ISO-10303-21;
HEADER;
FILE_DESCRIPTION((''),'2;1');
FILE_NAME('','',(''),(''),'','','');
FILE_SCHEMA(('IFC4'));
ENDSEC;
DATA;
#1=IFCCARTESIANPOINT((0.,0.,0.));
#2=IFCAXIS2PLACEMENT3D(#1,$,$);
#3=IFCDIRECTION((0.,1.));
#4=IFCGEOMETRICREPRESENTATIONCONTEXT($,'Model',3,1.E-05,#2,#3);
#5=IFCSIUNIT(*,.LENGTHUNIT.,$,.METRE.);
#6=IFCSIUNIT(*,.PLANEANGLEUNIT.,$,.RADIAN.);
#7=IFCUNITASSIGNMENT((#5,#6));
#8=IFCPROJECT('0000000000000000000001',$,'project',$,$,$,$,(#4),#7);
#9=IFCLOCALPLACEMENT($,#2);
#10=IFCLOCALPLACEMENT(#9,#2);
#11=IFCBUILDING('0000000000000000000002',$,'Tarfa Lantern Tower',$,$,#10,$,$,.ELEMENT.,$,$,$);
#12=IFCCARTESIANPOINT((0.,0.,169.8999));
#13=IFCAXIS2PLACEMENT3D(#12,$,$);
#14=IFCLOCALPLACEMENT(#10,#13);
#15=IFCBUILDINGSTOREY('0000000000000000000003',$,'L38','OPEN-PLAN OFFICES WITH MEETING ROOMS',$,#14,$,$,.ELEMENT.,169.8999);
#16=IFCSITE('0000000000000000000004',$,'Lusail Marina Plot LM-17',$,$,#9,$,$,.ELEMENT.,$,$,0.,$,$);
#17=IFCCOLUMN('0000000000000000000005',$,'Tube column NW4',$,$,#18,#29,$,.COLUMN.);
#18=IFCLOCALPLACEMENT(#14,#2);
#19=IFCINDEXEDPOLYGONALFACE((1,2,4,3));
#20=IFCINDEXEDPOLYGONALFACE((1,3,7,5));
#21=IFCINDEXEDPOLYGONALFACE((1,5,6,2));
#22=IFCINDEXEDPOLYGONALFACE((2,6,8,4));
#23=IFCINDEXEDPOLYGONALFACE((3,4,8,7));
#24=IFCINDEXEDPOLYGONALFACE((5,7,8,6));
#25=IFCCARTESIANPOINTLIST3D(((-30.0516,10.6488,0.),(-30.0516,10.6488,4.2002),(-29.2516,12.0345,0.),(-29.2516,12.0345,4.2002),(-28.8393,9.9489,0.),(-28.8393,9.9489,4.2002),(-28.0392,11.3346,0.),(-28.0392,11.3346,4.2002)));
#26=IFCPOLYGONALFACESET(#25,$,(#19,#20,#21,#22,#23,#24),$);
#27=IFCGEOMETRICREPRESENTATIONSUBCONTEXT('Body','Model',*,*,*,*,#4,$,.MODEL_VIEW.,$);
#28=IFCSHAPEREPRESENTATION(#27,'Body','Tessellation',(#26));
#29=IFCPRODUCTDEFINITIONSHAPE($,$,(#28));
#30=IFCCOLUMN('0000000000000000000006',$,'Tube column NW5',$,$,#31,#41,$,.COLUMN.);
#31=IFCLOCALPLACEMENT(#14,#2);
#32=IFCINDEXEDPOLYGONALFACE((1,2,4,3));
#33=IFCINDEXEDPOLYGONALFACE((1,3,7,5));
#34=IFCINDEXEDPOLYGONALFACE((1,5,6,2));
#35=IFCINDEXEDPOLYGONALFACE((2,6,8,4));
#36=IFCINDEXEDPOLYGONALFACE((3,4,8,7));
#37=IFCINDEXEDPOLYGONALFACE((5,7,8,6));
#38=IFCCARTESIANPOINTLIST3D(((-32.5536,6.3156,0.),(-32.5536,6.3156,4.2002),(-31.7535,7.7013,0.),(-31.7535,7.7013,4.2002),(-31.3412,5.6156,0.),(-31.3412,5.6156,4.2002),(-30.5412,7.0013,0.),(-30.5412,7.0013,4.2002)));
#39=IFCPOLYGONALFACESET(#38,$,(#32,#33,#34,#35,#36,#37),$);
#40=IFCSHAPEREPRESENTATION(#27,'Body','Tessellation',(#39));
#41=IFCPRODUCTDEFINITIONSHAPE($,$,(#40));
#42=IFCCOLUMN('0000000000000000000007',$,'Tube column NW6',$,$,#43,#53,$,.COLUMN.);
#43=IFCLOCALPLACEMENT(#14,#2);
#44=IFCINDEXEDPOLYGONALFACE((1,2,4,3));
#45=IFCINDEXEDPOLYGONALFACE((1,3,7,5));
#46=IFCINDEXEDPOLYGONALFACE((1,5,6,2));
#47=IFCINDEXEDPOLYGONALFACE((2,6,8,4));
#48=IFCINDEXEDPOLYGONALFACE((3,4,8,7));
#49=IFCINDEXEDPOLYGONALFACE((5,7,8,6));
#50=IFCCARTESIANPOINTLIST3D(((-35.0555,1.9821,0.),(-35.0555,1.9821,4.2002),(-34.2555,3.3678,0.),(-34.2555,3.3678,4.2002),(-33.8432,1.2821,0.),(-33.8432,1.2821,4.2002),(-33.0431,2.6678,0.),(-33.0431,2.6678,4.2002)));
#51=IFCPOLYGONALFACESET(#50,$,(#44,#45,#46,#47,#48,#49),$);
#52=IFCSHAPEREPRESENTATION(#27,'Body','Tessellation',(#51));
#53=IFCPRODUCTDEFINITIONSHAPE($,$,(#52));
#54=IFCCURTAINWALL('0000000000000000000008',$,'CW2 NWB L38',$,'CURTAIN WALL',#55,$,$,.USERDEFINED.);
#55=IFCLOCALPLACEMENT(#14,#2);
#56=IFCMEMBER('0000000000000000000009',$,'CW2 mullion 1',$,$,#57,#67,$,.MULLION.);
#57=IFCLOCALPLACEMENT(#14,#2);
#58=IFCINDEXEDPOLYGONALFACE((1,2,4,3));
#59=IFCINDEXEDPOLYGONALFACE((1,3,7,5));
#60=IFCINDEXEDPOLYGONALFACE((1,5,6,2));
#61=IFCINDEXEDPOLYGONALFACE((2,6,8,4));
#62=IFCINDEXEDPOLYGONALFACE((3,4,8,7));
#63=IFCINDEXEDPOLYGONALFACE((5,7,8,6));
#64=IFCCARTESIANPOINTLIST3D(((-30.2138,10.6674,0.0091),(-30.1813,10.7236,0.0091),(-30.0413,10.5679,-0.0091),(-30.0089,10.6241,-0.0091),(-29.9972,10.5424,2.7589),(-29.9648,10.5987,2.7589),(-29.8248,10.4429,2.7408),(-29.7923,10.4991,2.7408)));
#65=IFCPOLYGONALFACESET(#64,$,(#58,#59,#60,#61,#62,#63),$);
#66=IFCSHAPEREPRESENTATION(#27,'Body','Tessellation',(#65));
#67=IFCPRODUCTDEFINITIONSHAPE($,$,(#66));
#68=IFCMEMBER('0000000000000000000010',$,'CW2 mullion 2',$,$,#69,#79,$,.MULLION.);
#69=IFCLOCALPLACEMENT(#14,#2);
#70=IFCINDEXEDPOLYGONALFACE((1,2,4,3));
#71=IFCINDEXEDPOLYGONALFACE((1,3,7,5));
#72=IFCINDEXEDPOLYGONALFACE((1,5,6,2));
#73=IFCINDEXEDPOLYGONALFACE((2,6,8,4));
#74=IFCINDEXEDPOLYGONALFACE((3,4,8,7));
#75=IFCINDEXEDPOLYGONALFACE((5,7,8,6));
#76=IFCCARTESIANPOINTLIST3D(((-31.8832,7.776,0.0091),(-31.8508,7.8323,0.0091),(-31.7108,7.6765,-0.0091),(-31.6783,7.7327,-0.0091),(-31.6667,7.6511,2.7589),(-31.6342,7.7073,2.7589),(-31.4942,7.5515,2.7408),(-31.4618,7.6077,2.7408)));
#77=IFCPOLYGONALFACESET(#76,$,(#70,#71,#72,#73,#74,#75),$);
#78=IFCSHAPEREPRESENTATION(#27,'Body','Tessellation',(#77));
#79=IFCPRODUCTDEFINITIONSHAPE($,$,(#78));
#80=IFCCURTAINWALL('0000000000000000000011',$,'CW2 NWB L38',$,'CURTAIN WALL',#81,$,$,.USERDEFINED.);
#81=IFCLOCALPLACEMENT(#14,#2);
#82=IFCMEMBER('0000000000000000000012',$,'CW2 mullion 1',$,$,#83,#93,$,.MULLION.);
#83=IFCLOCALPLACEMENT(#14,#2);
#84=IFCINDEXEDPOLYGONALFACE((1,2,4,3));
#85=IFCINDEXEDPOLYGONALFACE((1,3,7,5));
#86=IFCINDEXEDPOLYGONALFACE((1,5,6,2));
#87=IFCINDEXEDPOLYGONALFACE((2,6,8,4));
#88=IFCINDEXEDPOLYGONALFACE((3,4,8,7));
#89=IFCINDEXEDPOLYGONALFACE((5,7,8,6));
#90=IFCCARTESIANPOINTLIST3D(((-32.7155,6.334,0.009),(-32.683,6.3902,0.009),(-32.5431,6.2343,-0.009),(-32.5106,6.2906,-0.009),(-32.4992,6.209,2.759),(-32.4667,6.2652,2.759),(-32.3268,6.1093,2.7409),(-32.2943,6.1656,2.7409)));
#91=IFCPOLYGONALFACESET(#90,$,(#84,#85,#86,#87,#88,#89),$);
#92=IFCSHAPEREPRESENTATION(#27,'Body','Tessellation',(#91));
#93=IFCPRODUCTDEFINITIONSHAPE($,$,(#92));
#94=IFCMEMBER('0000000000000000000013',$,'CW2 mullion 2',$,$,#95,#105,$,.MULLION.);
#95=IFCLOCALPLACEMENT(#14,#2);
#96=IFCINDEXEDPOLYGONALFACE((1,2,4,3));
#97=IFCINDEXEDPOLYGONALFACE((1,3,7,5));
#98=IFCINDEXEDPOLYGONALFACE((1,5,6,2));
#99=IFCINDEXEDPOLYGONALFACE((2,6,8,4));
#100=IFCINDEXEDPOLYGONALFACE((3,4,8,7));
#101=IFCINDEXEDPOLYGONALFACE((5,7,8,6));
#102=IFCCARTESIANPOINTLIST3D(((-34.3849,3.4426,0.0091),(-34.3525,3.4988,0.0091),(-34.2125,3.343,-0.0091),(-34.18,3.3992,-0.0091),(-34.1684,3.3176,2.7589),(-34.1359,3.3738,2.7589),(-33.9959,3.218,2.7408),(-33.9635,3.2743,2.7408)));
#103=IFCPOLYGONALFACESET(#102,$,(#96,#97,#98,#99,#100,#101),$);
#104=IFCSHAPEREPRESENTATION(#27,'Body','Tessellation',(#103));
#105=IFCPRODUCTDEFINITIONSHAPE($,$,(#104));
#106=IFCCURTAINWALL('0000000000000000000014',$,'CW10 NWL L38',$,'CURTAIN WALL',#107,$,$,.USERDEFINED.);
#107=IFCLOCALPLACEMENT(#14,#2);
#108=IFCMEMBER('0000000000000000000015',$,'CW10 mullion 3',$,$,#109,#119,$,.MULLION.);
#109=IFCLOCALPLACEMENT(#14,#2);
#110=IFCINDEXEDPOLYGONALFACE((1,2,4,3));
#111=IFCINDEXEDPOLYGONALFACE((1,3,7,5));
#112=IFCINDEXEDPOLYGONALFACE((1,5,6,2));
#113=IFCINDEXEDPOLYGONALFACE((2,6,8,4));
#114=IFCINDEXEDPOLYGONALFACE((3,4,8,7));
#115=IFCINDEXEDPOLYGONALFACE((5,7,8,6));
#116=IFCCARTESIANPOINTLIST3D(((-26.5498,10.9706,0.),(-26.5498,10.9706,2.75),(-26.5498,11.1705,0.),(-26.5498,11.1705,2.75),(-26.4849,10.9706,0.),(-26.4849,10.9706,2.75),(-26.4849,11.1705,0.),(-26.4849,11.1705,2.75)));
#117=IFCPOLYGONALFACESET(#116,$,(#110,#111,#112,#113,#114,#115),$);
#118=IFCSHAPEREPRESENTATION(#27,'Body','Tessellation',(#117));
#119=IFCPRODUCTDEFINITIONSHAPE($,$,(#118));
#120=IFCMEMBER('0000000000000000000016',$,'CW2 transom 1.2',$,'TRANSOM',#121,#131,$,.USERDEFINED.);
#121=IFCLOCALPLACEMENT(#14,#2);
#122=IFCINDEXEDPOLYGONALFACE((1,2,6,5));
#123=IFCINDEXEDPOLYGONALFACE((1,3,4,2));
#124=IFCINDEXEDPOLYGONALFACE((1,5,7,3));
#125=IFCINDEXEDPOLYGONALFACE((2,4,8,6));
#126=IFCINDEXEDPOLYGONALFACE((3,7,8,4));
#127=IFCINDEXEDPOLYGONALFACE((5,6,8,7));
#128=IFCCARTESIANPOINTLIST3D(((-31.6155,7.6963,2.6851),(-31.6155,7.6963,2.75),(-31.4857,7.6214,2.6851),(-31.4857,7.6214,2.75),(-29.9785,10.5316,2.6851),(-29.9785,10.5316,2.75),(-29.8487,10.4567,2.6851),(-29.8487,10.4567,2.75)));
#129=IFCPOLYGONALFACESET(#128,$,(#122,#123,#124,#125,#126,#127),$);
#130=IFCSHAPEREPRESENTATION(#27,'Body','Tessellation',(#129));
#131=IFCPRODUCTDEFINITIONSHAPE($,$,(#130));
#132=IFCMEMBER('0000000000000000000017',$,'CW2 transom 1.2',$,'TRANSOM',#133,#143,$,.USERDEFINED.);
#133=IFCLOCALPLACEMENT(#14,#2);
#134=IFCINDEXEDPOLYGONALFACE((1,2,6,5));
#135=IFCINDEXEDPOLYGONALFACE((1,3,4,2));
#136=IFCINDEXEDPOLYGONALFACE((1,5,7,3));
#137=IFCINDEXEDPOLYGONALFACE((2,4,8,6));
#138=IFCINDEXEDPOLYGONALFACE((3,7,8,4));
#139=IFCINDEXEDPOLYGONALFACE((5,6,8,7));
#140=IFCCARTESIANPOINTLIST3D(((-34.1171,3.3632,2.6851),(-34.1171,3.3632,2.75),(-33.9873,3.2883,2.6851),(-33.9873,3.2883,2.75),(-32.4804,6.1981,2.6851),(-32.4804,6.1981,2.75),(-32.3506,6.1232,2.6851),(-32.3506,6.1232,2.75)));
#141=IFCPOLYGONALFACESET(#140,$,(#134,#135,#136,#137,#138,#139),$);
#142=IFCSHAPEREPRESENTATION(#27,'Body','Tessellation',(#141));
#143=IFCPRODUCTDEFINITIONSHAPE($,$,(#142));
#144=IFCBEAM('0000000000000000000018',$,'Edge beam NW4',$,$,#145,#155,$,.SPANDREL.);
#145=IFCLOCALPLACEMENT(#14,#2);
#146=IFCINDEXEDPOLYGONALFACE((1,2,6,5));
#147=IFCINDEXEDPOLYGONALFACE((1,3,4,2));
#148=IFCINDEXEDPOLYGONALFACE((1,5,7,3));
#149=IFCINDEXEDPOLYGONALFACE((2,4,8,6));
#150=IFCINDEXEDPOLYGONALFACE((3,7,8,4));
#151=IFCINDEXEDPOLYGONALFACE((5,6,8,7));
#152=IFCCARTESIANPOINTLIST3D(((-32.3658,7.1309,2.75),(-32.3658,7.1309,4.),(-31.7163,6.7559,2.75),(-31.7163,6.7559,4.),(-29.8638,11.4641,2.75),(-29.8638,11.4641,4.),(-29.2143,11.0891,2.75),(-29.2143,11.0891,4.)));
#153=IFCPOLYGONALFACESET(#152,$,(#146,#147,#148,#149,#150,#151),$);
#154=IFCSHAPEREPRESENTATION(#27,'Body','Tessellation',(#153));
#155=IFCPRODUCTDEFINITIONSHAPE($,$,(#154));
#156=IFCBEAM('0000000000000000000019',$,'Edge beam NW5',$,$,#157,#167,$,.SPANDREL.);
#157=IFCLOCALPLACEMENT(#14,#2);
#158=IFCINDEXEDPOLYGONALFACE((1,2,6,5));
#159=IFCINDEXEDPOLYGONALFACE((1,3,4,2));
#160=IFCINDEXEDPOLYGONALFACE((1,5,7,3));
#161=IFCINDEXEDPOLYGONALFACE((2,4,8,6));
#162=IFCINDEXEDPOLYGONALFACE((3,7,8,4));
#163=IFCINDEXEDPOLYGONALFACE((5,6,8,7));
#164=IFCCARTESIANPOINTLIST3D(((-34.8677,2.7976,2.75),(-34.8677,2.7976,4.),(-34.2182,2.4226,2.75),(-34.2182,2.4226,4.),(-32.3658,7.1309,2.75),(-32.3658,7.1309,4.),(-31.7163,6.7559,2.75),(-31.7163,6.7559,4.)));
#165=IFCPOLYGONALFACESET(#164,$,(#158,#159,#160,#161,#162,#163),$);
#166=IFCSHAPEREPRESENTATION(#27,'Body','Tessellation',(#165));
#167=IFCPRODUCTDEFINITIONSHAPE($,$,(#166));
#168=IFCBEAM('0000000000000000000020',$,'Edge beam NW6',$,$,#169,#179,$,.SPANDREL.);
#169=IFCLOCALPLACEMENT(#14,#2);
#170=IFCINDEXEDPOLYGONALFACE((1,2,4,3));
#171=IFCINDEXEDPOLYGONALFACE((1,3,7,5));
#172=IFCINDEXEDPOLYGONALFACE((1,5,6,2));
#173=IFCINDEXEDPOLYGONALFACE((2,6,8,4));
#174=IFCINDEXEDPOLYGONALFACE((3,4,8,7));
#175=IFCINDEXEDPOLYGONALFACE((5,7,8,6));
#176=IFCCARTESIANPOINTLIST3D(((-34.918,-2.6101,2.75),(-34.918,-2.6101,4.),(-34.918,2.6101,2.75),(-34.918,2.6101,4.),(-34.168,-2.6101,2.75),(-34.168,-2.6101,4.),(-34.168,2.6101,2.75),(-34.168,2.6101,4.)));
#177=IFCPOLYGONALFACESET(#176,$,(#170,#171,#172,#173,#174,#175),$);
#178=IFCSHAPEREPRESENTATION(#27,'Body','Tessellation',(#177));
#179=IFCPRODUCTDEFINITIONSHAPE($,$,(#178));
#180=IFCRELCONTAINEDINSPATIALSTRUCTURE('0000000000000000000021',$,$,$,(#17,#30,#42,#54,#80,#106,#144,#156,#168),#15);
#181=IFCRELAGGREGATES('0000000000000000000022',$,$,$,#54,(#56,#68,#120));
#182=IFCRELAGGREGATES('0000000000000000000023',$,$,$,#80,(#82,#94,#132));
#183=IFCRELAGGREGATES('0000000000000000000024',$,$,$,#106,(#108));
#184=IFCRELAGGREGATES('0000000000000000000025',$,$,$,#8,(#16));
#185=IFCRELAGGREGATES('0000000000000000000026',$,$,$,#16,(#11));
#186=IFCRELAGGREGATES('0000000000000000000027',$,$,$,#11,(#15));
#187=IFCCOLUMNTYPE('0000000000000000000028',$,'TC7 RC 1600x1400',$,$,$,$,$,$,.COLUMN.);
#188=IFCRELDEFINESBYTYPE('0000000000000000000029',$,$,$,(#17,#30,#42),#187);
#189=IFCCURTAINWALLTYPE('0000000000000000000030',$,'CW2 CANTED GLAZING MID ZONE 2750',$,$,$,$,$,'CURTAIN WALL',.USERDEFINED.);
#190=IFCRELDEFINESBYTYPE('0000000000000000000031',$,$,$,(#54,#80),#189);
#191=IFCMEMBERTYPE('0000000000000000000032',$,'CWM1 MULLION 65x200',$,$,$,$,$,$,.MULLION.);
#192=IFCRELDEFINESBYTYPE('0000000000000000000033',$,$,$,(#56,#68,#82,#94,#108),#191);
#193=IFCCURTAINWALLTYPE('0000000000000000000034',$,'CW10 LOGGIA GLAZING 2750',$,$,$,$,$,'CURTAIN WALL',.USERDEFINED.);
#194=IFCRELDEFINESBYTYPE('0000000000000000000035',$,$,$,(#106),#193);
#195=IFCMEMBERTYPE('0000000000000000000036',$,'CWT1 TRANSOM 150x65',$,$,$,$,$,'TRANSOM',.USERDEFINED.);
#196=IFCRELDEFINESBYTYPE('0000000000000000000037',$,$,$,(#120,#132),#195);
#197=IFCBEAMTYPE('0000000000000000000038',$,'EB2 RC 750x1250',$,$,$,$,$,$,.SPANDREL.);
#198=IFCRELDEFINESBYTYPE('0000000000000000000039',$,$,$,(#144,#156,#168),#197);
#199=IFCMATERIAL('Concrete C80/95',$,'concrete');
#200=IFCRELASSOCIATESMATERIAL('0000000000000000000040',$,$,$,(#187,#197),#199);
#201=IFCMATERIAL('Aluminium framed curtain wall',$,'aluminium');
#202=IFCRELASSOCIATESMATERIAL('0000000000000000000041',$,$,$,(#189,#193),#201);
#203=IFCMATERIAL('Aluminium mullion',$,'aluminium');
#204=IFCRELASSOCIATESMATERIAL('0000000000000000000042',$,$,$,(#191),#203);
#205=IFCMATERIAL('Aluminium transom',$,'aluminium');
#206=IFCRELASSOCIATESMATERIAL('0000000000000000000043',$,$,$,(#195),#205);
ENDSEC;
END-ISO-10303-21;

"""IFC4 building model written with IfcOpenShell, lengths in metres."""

from ifc_helpers import new_model, si_unit, direction, frame, origin, origin_2d, place, context, subcontext, project, spatial, rectangle, extrude, material, material_profile, profile_set, type_object, element, aggregate, save


model = new_model("IFC4")

# Units and contexts
model_context = context("Model", 3, precision=1e-05, world=origin(), true_north=direction((0.0, 1.0)))
body_context = subcontext(model_context, "Body", "Model", "MODEL_VIEW")
ifc_project = project(units=[si_unit("LENGTHUNIT", "METRE"), si_unit("PLANEANGLEUNIT", "RADIAN")], contexts=[model_context])

# Site, building, storey
site_placement = place(None, origin())
site = spatial("IfcSite", under=ifc_project, at=site_placement, Name="Lusail Marina Plot LM-17", CompositionType="ELEMENT", RefElevation=0.0)
building_placement = place(site_placement, origin())
building = spatial("IfcBuilding", under=site, at=building_placement, Name="Tarfa Lantern Tower", CompositionType="ELEMENT")
storey_placement = place(building_placement, frame((0.0, 0.0, 169.8999)))
storey = spatial("IfcBuildingStorey", under=building, at=storey_placement, Name="L38", Description="OPEN-PLAN OFFICES WITH MEETING ROOMS", CompositionType="ELEMENT", Elevation=169.8999)

# Columns
ifc_material_1 = material(Name="Concrete C80/95", Category="concrete")
ifc_material_profile_1 = material_profile(ifc_material_1, rectangle(XDim=1.6001, YDim=1.3999, at=origin_2d()), Name="RC 1600x1400")
ifc_profile_set_1 = profile_set([ifc_material_profile_1], Name="Concrete C80/95")
column_type = type_object("IfcColumnType", Name="TC7 RC 1600x1400", PredefinedType="COLUMN", material=ifc_profile_set_1)
for number, where, z_axis, x_axis, name in (
    (1, (-29.0454, 10.9917, 0.0), (0.0, 0.0, 1.0), (-0.5, -0.866025, 0.0), "Tube column NW4"),
    (2, (-31.5474, 6.6584, 0.0), (0.0, 0.0, 1.0), (-0.5, -0.866025, 0.0), "Tube column NW5"),
    (3, (-34.0493, 2.325, 0.0), (0.0, 0.0, 1.0), (-0.5, -0.866025, 0.0), "Tube column NW6"),
):
    element("IfcColumn", number, at=place(storey_placement, frame(where, z_axis=z_axis, x_axis=x_axis)), inside=storey, type_object=column_type, Name=name, PredefinedType="COLUMN", context=body_context, shape_type="SweptSolid", body=[
        extrude(rectangle(XDim=1.6001, YDim=1.3999, at=origin_2d()), origin(), (0.0, 0.0, 1.0), 4.2002),
    ])

# Curtain walls, members
ifc_material_2 = material(Name="Aluminium framed curtain wall", Category="aluminium")
curtain_wall_type_1 = type_object("IfcCurtainWallType", Name="CW2 CANTED GLAZING MID ZONE 2750", ElementType="CURTAIN WALL", PredefinedType="USERDEFINED", material=ifc_material_2)
curtain_wall_1_placement = place(storey_placement, origin())
curtain_wall_1 = element("IfcCurtainWall", 4, at=curtain_wall_1_placement, inside=storey, type_object=curtain_wall_type_1, Name="CW2 NWB L38", ObjectType="CURTAIN WALL", PredefinedType="USERDEFINED")
ifc_material_3 = material(Name="Aluminium mullion", Category="aluminium")
ifc_material_profile_2 = material_profile(ifc_material_3, rectangle(XDim=0.0649, YDim=0.2, at=origin_2d()), Name="AL MULLION 65x200")
ifc_profile_set_2 = profile_set([ifc_material_profile_2], Name="Aluminium mullion")
member_type_1 = type_object("IfcMemberType", Name="CWM1 MULLION 65x200", PredefinedType="MULLION", material=ifc_profile_set_2)
member_1_placement = place(storey_placement, frame((-30.1113, 10.6458, 0.0), z_axis=(0.078423, -0.045268, 0.995892), x_axis=(0.49992, 0.866072, 0.0)))
member_1 = element("IfcMember", 5, at=member_1_placement, type_object=member_type_1, Name="CW2 mullion 1", PredefinedType="MULLION", context=body_context, shape_type="SweptSolid", body=[
    extrude(rectangle(XDim=0.0649, YDim=0.2, at=origin_2d()), origin(), (0.0, 0.0, 1.0), 2.7612),
])
member_2_placement = place(storey_placement, frame((-31.7808, 7.7544, 0.0), z_axis=(0.078423, -0.045268, 0.995892), x_axis=(0.49992, 0.866072, 0.0)))
member_2 = element("IfcMember", 6, at=member_2_placement, type_object=member_type_1, Name="CW2 mullion 2", PredefinedType="MULLION", context=body_context, shape_type="SweptSolid", body=[
    extrude(rectangle(XDim=0.0649, YDim=0.2, at=origin_2d()), origin(), (0.0, 0.0, 1.0), 2.7612),
])
curtain_wall_2_placement = place(storey_placement, origin())
curtain_wall_2 = element("IfcCurtainWall", 7, at=curtain_wall_2_placement, inside=storey, type_object=curtain_wall_type_1, Name="CW2 NWB L38", ObjectType="CURTAIN WALL", PredefinedType="USERDEFINED")
member_3_placement = place(storey_placement, frame((-32.613, 6.3123, 0.0), z_axis=(0.078335, -0.045268, 0.995899), x_axis=(0.500343, 0.865827, 0.0)))
member_3 = element("IfcMember", 8, at=member_3_placement, type_object=member_type_1, Name="CW2 mullion 1", PredefinedType="MULLION", context=body_context, shape_type="SweptSolid", body=[
    extrude(rectangle(XDim=0.0649, YDim=0.2, at=origin_2d()), origin(), (0.0, 0.0, 1.0), 2.7612),
])
member_4_placement = place(storey_placement, frame((-34.2825, 3.4209, 0.0), z_axis=(0.078423, -0.045268, 0.995892), x_axis=(0.49992, 0.866072, 0.0)))
member_4 = element("IfcMember", 9, at=member_4_placement, type_object=member_type_1, Name="CW2 mullion 2", PredefinedType="MULLION", context=body_context, shape_type="SweptSolid", body=[
    extrude(rectangle(XDim=0.0649, YDim=0.2, at=origin_2d()), origin(), (0.0, 0.0, 1.0), 2.7612),
])

# Curtain wall, member
curtain_wall_type_2 = type_object("IfcCurtainWallType", Name="CW10 LOGGIA GLAZING 2750", ElementType="CURTAIN WALL", PredefinedType="USERDEFINED", material=ifc_material_2)
curtain_wall_3_placement = place(storey_placement, origin())
curtain_wall_3 = element("IfcCurtainWall", 10, at=curtain_wall_3_placement, inside=storey, type_object=curtain_wall_type_2, Name="CW10 NWL L38", ObjectType="CURTAIN WALL", PredefinedType="USERDEFINED")
member_5_placement = place(storey_placement, frame((-26.5173, 11.0706, 0.0), z_axis=(0.0, 0.0, 1.0), x_axis=(1.0, 0.0, 0.0)))
member_5 = element("IfcMember", 11, at=member_5_placement, type_object=member_type_1, Name="CW10 mullion 3", PredefinedType="MULLION", context=body_context, shape_type="SweptSolid", body=[
    extrude(rectangle(XDim=0.0649, YDim=0.2, at=origin_2d()), origin(), (0.0, 0.0, 1.0), 2.75),
])

# Members
ifc_material_4 = material(Name="Aluminium transom", Category="aluminium")
ifc_material_profile_3 = material_profile(ifc_material_4, rectangle(XDim=0.1499, YDim=0.0649, at=origin_2d()), Name="AL TRANSOM 150x65")
ifc_profile_set_3 = profile_set([ifc_material_profile_3], Name="Aluminium transom")
member_type_2 = type_object("IfcMemberType", Name="CWT1 TRANSOM 150x65", ElementType="TRANSOM", PredefinedType="USERDEFINED", material=ifc_profile_set_3)
member_6_placement = place(storey_placement, frame((-29.9136, 10.4941, 2.7175), z_axis=(-0.500013, -0.866018, 0.0), x_axis=(0.866018, -0.500013, 0.0)))
member_6 = element("IfcMember", 12, at=member_6_placement, type_object=member_type_2, Name="CW2 transom 1.2", ObjectType="TRANSOM", PredefinedType="USERDEFINED", context=body_context, shape_type="SweptSolid", body=[
    extrude(rectangle(XDim=0.1499, YDim=0.0649, at=origin_2d()), origin(), (0.0, 0.0, 1.0), 3.2739),
])
member_7_placement = place(storey_placement, frame((-32.4155, 6.1606, 2.7175), z_axis=(-0.499989, -0.866032, 0.0), x_axis=(0.866032, -0.499989, 0.0)))
member_7 = element("IfcMember", 13, at=member_7_placement, type_object=member_type_2, Name="CW2 transom 1.2", ObjectType="TRANSOM", PredefinedType="USERDEFINED", context=body_context, shape_type="SweptSolid", body=[
    extrude(rectangle(XDim=0.1499, YDim=0.0649, at=origin_2d()), origin(), (0.0, 0.0, 1.0), 3.2734),
])

# Beams
ifc_material_profile_4 = material_profile(ifc_material_1, rectangle(XDim=0.75, YDim=1.25, at=origin_2d()), Name="RC 750x1250")
ifc_profile_set_4 = profile_set([ifc_material_profile_4], Name="Concrete C80/95")
beam_type_1 = type_object("IfcBeamType", Name="EB2 RC 750x1250", PredefinedType="SPANDREL", material=ifc_profile_set_4)
for number, where, z_axis, x_axis, name in (
    (14, (-29.5391, 11.2766, 3.375), (-0.500022, -0.866013, 0.0), (0.866013, -0.500022, 0.0), "Edge beam NW4"),
    (15, (-32.041, 6.9434, 3.375), (-0.500022, -0.866013, 0.0), (0.866013, -0.500022, 0.0), "Edge beam NW5"),
):
    element("IfcBeam", number, at=place(storey_placement, frame(where, z_axis=z_axis, x_axis=x_axis)), inside=storey, type_object=beam_type_1, Name=name, PredefinedType="SPANDREL", context=body_context, shape_type="SweptSolid", body=[
        extrude(rectangle(XDim=0.75, YDim=1.25, at=origin_2d()), origin(), (0.0, 0.0, 1.0), 5.0037),
    ])
beam_1_placement = place(storey_placement, frame((-34.543, 2.6101, 3.375), z_axis=(0.0, -1.0, 0.0), x_axis=(1.0, 0.0, 0.0)))
element("IfcBeam", 16, at=beam_1_placement, inside=storey, type_object=beam_type_1, Name="Edge beam NW6", PredefinedType="SPANDREL", context=body_context, shape_type="SweptSolid", body=[
    extrude(rectangle(XDim=0.75, YDim=1.25, at=origin_2d()), origin(), (0.0, 0.0, 1.0), 5.2202),
])

aggregate(curtain_wall_1, [member_1, member_2, member_6])
aggregate(curtain_wall_2, [member_3, member_4, member_7])
aggregate(curtain_wall_3, [member_5])

save(model, "model.ifc")
